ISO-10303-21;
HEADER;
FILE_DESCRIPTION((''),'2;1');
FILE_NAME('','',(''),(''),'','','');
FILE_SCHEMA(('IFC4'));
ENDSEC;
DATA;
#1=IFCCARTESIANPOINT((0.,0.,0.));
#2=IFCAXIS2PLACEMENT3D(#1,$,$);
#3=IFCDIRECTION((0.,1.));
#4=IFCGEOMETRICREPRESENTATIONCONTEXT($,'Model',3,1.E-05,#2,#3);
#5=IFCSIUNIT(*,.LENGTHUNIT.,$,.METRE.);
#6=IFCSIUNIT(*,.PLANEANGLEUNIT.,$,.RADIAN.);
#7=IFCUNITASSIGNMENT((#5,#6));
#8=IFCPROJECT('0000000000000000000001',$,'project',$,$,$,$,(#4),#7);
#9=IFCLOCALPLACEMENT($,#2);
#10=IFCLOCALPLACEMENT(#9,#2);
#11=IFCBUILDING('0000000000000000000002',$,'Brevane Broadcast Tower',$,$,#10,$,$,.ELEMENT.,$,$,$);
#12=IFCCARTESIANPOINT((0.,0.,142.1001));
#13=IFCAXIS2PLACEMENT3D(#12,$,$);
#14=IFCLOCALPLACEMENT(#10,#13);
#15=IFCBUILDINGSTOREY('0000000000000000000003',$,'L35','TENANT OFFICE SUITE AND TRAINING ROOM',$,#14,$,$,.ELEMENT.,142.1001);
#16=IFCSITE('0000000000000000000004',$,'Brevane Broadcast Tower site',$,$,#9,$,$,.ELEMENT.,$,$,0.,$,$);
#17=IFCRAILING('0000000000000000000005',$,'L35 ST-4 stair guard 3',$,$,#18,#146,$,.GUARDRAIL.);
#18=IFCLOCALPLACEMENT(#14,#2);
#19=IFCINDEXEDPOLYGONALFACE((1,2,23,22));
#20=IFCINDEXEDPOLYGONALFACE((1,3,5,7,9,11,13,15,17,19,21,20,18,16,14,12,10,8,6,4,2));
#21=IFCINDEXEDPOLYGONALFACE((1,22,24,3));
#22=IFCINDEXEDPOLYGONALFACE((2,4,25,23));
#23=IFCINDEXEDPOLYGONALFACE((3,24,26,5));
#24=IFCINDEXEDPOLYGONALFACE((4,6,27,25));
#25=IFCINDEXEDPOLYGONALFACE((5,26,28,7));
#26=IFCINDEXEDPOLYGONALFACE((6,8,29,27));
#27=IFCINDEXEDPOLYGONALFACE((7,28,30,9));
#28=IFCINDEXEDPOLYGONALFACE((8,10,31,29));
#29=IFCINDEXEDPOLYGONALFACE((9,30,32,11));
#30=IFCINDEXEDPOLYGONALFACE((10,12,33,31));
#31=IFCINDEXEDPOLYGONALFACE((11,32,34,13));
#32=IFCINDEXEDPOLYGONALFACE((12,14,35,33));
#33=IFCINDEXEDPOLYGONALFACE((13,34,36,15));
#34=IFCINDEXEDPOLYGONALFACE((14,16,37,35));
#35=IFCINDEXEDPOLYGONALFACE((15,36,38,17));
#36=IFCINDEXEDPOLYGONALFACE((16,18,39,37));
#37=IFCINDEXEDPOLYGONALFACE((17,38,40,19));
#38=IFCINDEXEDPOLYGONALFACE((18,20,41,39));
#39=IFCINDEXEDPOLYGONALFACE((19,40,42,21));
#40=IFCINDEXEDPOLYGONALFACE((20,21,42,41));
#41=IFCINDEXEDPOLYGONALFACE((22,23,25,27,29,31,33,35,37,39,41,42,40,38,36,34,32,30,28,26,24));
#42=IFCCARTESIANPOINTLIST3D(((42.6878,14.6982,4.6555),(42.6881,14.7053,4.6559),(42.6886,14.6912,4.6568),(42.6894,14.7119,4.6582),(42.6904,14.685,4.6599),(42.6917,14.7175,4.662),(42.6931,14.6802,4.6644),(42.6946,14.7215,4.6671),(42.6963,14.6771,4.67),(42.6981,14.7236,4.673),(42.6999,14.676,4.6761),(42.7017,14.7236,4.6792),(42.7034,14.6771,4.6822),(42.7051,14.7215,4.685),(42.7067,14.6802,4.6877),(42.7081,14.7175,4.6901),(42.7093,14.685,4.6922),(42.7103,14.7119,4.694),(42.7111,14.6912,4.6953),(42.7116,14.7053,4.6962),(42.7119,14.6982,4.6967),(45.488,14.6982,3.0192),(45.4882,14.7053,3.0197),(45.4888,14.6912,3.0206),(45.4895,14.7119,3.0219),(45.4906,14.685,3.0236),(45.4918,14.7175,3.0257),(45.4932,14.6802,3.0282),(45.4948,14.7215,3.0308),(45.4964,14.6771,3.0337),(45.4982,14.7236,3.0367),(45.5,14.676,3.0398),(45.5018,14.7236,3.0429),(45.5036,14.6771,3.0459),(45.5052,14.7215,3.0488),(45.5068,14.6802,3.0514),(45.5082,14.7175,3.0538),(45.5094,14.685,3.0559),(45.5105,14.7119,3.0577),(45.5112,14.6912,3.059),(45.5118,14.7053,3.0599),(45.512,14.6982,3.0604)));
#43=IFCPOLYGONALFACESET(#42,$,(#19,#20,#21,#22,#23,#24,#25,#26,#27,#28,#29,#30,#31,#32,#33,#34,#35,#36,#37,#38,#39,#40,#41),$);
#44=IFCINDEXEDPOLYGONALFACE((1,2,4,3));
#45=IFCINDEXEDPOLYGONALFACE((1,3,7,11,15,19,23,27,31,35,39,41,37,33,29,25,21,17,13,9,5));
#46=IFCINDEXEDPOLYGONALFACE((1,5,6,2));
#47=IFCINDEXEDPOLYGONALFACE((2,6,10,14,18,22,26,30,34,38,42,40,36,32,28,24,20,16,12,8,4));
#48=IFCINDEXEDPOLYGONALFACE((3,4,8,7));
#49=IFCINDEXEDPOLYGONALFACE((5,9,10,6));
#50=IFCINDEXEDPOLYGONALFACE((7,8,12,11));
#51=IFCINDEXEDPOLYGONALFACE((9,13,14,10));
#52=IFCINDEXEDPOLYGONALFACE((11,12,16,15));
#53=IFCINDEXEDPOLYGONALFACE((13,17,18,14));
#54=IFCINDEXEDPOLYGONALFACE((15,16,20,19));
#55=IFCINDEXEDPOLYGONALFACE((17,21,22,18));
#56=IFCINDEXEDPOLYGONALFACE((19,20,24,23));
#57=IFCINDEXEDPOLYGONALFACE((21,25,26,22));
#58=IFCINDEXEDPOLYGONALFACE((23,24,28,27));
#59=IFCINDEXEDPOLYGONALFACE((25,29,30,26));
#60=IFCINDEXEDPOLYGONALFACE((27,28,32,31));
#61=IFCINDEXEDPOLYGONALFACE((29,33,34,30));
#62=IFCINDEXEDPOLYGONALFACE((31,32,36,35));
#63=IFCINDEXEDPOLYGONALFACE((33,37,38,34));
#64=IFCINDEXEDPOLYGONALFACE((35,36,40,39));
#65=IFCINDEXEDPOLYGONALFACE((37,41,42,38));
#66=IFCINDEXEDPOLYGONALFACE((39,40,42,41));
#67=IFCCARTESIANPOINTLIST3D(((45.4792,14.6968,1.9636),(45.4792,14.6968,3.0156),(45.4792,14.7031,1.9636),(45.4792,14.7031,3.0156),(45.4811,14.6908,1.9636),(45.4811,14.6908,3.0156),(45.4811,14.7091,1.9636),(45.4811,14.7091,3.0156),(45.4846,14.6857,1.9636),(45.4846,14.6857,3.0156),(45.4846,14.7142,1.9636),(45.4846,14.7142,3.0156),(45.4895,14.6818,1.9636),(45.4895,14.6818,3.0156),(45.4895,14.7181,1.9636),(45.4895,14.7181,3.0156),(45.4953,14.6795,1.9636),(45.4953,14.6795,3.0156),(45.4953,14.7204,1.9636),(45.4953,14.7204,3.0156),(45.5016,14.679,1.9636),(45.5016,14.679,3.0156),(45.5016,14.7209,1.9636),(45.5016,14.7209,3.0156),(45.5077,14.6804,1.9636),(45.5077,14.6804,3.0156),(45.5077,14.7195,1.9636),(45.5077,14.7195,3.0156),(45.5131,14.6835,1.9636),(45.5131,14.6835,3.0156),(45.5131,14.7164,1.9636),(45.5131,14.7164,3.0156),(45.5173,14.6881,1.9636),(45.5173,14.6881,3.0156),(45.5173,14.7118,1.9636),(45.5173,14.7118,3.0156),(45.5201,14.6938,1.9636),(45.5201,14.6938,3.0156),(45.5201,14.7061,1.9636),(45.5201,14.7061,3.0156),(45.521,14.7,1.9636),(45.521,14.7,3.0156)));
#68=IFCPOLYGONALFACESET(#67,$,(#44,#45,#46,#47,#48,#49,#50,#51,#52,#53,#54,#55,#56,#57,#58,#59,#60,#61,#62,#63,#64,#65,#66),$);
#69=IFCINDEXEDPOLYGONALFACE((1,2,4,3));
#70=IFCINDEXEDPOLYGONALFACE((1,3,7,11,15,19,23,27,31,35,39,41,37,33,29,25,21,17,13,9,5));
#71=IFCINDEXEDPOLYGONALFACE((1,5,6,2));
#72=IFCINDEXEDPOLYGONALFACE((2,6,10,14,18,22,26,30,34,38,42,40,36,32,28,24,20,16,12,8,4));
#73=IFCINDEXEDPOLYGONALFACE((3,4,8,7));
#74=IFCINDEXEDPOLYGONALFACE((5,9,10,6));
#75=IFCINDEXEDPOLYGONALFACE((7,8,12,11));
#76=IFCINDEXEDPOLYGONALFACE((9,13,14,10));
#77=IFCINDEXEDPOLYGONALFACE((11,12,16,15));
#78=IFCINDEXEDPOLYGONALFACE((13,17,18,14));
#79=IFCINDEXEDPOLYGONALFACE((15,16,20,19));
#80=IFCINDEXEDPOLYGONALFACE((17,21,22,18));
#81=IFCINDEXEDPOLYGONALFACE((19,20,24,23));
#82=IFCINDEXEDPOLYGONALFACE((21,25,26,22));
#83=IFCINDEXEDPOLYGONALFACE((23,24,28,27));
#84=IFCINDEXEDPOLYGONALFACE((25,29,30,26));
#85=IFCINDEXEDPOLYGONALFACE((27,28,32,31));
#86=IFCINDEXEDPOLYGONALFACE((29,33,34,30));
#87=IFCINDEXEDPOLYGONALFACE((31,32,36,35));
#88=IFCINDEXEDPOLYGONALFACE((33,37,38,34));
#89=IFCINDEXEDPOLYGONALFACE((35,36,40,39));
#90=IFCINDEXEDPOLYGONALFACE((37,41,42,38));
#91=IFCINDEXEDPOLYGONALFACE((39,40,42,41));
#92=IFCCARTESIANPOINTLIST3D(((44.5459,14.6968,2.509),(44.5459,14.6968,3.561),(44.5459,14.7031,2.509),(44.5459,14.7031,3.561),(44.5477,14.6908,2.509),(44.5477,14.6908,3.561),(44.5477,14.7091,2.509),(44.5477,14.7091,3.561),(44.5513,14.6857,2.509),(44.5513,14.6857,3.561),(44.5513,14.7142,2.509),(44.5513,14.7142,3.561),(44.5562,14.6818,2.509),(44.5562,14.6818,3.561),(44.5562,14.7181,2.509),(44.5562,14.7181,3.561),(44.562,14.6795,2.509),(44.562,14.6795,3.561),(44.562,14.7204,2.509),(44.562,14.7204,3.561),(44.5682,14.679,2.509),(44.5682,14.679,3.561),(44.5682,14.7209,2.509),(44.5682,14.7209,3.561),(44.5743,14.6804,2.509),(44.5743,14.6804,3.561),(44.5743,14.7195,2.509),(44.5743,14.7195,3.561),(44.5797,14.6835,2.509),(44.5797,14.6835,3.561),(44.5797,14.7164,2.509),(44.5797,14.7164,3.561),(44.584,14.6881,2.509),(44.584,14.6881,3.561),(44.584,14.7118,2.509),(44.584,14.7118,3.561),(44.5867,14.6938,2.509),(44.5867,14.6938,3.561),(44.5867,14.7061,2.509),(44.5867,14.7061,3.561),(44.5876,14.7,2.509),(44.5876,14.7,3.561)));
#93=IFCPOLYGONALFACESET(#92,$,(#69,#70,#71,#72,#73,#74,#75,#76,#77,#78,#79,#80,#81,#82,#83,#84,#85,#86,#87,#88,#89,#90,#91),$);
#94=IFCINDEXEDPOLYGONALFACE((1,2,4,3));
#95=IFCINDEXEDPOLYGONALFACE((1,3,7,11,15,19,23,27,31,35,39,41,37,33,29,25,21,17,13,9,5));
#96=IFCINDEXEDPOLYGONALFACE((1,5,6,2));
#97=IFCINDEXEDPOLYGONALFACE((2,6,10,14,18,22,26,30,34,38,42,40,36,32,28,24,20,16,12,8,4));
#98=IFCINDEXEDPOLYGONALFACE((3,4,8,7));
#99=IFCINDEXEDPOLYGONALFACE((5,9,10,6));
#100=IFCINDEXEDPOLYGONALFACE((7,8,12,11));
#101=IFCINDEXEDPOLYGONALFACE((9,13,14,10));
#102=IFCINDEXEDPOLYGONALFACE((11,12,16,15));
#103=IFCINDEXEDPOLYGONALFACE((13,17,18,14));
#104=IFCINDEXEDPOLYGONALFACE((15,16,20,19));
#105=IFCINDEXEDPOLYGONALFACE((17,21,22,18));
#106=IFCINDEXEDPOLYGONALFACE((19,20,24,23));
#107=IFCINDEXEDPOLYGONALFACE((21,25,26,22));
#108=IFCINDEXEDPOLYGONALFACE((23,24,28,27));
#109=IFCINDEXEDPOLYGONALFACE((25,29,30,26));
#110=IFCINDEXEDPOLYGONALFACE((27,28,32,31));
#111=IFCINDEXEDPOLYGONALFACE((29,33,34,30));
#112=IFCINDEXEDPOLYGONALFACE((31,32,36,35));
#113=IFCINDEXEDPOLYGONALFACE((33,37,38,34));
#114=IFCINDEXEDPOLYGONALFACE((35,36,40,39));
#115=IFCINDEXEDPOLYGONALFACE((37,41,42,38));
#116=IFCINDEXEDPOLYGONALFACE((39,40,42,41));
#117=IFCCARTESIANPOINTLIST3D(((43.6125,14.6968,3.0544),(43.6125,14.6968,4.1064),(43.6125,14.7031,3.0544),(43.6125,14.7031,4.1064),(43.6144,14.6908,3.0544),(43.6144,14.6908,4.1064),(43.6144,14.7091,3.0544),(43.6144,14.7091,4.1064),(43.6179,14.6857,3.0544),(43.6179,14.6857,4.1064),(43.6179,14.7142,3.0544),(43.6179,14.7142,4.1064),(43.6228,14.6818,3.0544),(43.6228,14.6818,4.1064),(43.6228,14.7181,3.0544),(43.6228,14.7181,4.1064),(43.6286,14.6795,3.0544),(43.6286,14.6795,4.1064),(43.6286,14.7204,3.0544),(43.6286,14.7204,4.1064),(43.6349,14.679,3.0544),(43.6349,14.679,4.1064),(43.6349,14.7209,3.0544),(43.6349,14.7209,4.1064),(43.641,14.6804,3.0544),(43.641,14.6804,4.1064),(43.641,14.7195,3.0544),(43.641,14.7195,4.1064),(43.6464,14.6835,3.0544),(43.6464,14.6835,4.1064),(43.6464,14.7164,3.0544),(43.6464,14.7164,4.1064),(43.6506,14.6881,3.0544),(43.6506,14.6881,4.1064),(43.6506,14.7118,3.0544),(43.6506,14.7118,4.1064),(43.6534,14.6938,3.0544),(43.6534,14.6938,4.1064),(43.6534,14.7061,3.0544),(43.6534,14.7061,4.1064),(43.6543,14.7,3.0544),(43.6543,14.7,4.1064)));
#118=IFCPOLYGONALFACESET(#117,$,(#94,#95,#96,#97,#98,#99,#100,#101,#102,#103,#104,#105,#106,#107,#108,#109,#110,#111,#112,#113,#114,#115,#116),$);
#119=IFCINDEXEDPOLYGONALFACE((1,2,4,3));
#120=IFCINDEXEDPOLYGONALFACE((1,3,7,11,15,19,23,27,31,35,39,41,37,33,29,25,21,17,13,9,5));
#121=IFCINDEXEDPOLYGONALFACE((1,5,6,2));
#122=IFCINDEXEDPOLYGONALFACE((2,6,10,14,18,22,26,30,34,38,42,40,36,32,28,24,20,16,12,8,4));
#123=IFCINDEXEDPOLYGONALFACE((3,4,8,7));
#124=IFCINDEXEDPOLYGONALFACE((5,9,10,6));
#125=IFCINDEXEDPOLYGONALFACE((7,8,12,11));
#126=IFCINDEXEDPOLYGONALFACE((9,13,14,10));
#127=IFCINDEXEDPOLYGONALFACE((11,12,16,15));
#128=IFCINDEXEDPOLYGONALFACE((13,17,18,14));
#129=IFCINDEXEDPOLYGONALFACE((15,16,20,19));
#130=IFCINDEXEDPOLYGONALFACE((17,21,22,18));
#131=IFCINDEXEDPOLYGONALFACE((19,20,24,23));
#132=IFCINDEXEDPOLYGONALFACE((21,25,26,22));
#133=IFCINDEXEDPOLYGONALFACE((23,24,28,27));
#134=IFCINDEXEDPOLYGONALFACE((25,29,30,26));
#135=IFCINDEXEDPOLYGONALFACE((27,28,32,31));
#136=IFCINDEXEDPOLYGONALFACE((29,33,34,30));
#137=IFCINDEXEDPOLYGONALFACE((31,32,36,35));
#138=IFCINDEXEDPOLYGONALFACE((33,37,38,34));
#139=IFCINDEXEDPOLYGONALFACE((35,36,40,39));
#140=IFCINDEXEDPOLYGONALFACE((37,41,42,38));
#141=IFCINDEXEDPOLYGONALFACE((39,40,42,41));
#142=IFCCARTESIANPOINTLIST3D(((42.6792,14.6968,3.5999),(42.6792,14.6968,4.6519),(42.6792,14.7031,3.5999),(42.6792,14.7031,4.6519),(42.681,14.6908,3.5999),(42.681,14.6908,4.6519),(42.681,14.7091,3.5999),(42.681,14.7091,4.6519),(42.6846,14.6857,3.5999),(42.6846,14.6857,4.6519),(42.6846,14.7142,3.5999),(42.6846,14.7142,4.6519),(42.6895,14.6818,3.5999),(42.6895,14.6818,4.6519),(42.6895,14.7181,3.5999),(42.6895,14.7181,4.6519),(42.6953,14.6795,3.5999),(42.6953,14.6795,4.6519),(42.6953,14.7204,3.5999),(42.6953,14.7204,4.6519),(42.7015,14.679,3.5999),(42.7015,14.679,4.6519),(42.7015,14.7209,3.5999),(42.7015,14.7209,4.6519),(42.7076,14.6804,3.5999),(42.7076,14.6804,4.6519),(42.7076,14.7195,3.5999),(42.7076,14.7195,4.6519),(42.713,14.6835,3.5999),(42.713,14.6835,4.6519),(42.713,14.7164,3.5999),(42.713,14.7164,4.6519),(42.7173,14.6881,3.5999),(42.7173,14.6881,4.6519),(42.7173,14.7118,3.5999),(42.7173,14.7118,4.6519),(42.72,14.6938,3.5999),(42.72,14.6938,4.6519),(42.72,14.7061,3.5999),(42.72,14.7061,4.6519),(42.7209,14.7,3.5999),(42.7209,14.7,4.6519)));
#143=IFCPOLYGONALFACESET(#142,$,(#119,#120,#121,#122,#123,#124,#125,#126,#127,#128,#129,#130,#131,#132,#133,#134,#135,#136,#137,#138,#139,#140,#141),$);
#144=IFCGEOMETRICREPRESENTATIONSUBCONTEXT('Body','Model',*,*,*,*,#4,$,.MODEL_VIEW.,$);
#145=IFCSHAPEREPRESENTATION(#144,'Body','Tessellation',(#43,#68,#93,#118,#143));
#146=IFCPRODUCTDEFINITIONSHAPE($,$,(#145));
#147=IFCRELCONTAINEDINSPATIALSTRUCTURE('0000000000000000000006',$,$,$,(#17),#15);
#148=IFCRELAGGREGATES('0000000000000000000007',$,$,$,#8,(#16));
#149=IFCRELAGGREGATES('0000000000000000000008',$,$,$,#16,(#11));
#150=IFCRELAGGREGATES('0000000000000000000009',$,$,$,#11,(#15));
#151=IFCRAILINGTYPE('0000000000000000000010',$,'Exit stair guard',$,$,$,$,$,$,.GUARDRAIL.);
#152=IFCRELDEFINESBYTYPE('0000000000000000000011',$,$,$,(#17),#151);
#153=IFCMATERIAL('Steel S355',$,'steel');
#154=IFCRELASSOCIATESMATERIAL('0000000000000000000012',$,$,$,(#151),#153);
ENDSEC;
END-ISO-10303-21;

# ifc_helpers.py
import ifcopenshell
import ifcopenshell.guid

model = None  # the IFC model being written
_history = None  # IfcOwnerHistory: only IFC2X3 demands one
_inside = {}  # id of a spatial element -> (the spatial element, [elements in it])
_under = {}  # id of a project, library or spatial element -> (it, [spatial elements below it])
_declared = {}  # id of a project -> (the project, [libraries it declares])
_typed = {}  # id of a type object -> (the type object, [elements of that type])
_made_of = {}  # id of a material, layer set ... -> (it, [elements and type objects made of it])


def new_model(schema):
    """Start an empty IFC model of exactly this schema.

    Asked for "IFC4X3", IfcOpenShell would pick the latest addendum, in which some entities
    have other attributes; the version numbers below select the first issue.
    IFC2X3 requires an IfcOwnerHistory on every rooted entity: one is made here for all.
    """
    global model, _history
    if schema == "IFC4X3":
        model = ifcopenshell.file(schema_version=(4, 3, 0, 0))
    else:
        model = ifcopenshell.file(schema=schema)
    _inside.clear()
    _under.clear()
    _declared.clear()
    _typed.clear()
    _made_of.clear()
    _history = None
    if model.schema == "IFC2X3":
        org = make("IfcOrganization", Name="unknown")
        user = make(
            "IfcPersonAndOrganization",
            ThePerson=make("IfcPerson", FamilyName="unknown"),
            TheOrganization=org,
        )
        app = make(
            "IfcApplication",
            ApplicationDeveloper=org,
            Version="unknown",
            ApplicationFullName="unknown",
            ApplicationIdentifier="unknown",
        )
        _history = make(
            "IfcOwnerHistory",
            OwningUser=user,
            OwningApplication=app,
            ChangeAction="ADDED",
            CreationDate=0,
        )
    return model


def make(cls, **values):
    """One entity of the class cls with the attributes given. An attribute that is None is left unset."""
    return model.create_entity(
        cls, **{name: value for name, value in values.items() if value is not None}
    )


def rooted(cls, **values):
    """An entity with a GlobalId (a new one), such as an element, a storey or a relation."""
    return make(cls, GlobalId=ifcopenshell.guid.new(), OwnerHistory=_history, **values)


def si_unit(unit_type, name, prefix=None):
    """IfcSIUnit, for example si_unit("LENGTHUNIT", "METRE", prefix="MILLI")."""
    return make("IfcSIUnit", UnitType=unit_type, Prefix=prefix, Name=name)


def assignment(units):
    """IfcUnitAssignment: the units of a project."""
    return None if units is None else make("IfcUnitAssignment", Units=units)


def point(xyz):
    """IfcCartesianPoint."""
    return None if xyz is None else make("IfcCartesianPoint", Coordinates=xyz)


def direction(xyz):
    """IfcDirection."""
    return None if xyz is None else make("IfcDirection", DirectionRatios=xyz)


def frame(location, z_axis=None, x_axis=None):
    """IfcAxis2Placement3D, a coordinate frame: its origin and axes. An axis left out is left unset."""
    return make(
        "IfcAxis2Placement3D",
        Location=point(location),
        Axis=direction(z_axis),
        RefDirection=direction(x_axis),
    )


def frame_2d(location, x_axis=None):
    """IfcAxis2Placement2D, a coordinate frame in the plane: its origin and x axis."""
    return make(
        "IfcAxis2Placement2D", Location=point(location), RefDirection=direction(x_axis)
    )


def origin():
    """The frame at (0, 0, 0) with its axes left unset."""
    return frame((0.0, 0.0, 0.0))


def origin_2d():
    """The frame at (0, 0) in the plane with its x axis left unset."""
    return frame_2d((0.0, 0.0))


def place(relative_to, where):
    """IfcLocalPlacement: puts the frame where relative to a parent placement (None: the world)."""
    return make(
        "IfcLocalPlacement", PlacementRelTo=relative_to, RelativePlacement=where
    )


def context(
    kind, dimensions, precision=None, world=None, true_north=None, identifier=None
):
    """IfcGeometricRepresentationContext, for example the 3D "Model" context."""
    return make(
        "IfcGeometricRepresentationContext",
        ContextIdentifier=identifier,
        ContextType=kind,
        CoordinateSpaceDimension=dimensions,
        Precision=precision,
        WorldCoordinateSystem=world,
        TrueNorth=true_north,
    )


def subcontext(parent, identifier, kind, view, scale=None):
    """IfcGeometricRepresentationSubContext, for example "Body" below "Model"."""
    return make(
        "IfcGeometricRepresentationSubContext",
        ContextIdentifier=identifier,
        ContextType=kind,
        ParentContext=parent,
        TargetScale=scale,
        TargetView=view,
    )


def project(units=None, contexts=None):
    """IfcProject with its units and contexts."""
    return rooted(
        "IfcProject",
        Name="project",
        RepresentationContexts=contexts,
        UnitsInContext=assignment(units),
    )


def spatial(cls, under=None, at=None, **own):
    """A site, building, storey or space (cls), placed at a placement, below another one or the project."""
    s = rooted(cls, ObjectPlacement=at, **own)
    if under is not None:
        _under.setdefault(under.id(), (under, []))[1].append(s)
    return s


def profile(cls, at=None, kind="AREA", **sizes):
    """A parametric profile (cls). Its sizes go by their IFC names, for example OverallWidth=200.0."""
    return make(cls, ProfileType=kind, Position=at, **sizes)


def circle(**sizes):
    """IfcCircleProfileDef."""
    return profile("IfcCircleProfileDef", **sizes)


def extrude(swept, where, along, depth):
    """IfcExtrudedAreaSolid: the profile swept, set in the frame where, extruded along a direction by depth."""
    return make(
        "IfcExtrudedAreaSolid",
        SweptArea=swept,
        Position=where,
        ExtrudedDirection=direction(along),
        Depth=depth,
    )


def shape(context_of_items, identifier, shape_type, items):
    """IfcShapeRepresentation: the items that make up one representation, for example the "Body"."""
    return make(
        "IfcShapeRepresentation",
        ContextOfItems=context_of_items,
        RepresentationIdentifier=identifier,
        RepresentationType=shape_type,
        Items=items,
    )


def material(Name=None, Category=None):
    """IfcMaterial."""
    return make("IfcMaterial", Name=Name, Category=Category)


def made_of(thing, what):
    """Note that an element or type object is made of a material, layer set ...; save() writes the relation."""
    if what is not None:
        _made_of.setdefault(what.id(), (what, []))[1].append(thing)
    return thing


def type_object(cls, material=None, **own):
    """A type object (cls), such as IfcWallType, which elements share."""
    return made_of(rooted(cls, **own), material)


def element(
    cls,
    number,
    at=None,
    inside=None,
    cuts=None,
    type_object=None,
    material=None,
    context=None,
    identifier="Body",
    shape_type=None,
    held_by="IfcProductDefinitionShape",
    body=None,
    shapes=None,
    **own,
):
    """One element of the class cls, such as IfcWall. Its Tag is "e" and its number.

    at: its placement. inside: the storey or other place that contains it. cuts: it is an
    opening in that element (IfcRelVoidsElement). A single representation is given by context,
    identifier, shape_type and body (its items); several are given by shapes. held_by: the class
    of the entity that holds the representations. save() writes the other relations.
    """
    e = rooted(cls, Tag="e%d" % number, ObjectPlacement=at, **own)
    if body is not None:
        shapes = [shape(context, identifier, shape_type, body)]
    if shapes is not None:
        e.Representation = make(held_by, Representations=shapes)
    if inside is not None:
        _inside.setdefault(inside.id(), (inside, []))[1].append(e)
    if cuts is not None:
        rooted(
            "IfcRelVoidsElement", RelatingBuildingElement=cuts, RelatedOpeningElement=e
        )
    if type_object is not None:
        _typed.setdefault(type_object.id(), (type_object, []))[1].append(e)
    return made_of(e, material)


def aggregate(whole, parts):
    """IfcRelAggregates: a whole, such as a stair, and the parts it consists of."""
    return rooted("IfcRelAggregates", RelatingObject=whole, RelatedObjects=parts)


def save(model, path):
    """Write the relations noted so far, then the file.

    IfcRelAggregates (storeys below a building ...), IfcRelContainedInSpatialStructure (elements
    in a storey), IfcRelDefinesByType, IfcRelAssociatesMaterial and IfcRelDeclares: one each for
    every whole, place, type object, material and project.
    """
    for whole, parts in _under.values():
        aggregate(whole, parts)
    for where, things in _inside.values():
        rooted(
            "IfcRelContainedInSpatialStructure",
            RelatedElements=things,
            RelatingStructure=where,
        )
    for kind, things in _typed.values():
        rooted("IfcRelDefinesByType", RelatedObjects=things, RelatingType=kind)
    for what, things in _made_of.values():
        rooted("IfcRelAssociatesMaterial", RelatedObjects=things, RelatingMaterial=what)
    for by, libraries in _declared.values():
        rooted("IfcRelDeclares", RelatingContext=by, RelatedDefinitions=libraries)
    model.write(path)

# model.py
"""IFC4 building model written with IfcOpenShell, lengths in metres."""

from ifc_helpers import new_model, si_unit, direction, frame, origin, origin_2d, place, context, subcontext, project, spatial, circle, extrude, material, type_object, element, save


model = new_model("IFC4")

# Units and contexts
model_context = context("Model", 3, precision=1e-05, world=origin(), true_north=direction((0.0, 1.0)))
body_context = subcontext(model_context, "Body", "Model", "MODEL_VIEW")
ifc_project = project(units=[si_unit("LENGTHUNIT", "METRE"), si_unit("PLANEANGLEUNIT", "RADIAN")], contexts=[model_context])

# Site, building, storey
site_placement = place(None, origin())
site = spatial("IfcSite", under=ifc_project, at=site_placement, Name="Brevane Broadcast Tower site", CompositionType="ELEMENT", RefElevation=0.0)
building_placement = place(site_placement, origin())
building = spatial("IfcBuilding", under=site, at=building_placement, Name="Brevane Broadcast Tower", CompositionType="ELEMENT")
storey_placement = place(building_placement, frame((0.0, 0.0, 142.1001)))
storey = spatial("IfcBuildingStorey", under=building, at=storey_placement, Name="L35", Description="TENANT OFFICE SUITE AND TRAINING ROOM", CompositionType="ELEMENT", Elevation=142.1001)

# Railing
ifc_material_1 = material(Name="Steel S355", Category="steel")
railing_type_1 = type_object("IfcRailingType", Name="Exit stair guard", PredefinedType="GUARDRAIL", material=ifc_material_1)
railing_1_placement = place(storey_placement, frame((45.5, 14.7, 1.9636)))
element("IfcRailing", 1, at=railing_1_placement, inside=storey, type_object=railing_type_1, Name="L35 ST-4 stair guard 3", PredefinedType="GUARDRAIL", context=body_context, shape_type="SweptSolid", body=[
    extrude(circle(Radius=0.0239, at=origin_2d()), frame((0.0, 0.0, 1.0762), z_axis=(-0.863394, 0.0, 0.504531), x_axis=(0.0, -1.0, 0.0)), (0.0, 0.0, 1.0), 3.2432),
    extrude(circle(Radius=0.021, at=origin_2d()), origin(), (0.0, 0.0, 1.0), 1.052),
    extrude(circle(Radius=0.021, at=origin_2d()), frame((-0.9333, 0.0, 0.5454)), (0.0, 0.0, 1.0), 1.052),
    extrude(circle(Radius=0.021, at=origin_2d()), frame((-1.8667, 0.0, 1.0908)), (0.0, 0.0, 1.0), 1.052),
    extrude(circle(Radius=0.021, at=origin_2d()), frame((-2.8, 0.0, 1.6362)), (0.0, 0.0, 1.0), 1.052),
])

save(model, "model.ifc")
